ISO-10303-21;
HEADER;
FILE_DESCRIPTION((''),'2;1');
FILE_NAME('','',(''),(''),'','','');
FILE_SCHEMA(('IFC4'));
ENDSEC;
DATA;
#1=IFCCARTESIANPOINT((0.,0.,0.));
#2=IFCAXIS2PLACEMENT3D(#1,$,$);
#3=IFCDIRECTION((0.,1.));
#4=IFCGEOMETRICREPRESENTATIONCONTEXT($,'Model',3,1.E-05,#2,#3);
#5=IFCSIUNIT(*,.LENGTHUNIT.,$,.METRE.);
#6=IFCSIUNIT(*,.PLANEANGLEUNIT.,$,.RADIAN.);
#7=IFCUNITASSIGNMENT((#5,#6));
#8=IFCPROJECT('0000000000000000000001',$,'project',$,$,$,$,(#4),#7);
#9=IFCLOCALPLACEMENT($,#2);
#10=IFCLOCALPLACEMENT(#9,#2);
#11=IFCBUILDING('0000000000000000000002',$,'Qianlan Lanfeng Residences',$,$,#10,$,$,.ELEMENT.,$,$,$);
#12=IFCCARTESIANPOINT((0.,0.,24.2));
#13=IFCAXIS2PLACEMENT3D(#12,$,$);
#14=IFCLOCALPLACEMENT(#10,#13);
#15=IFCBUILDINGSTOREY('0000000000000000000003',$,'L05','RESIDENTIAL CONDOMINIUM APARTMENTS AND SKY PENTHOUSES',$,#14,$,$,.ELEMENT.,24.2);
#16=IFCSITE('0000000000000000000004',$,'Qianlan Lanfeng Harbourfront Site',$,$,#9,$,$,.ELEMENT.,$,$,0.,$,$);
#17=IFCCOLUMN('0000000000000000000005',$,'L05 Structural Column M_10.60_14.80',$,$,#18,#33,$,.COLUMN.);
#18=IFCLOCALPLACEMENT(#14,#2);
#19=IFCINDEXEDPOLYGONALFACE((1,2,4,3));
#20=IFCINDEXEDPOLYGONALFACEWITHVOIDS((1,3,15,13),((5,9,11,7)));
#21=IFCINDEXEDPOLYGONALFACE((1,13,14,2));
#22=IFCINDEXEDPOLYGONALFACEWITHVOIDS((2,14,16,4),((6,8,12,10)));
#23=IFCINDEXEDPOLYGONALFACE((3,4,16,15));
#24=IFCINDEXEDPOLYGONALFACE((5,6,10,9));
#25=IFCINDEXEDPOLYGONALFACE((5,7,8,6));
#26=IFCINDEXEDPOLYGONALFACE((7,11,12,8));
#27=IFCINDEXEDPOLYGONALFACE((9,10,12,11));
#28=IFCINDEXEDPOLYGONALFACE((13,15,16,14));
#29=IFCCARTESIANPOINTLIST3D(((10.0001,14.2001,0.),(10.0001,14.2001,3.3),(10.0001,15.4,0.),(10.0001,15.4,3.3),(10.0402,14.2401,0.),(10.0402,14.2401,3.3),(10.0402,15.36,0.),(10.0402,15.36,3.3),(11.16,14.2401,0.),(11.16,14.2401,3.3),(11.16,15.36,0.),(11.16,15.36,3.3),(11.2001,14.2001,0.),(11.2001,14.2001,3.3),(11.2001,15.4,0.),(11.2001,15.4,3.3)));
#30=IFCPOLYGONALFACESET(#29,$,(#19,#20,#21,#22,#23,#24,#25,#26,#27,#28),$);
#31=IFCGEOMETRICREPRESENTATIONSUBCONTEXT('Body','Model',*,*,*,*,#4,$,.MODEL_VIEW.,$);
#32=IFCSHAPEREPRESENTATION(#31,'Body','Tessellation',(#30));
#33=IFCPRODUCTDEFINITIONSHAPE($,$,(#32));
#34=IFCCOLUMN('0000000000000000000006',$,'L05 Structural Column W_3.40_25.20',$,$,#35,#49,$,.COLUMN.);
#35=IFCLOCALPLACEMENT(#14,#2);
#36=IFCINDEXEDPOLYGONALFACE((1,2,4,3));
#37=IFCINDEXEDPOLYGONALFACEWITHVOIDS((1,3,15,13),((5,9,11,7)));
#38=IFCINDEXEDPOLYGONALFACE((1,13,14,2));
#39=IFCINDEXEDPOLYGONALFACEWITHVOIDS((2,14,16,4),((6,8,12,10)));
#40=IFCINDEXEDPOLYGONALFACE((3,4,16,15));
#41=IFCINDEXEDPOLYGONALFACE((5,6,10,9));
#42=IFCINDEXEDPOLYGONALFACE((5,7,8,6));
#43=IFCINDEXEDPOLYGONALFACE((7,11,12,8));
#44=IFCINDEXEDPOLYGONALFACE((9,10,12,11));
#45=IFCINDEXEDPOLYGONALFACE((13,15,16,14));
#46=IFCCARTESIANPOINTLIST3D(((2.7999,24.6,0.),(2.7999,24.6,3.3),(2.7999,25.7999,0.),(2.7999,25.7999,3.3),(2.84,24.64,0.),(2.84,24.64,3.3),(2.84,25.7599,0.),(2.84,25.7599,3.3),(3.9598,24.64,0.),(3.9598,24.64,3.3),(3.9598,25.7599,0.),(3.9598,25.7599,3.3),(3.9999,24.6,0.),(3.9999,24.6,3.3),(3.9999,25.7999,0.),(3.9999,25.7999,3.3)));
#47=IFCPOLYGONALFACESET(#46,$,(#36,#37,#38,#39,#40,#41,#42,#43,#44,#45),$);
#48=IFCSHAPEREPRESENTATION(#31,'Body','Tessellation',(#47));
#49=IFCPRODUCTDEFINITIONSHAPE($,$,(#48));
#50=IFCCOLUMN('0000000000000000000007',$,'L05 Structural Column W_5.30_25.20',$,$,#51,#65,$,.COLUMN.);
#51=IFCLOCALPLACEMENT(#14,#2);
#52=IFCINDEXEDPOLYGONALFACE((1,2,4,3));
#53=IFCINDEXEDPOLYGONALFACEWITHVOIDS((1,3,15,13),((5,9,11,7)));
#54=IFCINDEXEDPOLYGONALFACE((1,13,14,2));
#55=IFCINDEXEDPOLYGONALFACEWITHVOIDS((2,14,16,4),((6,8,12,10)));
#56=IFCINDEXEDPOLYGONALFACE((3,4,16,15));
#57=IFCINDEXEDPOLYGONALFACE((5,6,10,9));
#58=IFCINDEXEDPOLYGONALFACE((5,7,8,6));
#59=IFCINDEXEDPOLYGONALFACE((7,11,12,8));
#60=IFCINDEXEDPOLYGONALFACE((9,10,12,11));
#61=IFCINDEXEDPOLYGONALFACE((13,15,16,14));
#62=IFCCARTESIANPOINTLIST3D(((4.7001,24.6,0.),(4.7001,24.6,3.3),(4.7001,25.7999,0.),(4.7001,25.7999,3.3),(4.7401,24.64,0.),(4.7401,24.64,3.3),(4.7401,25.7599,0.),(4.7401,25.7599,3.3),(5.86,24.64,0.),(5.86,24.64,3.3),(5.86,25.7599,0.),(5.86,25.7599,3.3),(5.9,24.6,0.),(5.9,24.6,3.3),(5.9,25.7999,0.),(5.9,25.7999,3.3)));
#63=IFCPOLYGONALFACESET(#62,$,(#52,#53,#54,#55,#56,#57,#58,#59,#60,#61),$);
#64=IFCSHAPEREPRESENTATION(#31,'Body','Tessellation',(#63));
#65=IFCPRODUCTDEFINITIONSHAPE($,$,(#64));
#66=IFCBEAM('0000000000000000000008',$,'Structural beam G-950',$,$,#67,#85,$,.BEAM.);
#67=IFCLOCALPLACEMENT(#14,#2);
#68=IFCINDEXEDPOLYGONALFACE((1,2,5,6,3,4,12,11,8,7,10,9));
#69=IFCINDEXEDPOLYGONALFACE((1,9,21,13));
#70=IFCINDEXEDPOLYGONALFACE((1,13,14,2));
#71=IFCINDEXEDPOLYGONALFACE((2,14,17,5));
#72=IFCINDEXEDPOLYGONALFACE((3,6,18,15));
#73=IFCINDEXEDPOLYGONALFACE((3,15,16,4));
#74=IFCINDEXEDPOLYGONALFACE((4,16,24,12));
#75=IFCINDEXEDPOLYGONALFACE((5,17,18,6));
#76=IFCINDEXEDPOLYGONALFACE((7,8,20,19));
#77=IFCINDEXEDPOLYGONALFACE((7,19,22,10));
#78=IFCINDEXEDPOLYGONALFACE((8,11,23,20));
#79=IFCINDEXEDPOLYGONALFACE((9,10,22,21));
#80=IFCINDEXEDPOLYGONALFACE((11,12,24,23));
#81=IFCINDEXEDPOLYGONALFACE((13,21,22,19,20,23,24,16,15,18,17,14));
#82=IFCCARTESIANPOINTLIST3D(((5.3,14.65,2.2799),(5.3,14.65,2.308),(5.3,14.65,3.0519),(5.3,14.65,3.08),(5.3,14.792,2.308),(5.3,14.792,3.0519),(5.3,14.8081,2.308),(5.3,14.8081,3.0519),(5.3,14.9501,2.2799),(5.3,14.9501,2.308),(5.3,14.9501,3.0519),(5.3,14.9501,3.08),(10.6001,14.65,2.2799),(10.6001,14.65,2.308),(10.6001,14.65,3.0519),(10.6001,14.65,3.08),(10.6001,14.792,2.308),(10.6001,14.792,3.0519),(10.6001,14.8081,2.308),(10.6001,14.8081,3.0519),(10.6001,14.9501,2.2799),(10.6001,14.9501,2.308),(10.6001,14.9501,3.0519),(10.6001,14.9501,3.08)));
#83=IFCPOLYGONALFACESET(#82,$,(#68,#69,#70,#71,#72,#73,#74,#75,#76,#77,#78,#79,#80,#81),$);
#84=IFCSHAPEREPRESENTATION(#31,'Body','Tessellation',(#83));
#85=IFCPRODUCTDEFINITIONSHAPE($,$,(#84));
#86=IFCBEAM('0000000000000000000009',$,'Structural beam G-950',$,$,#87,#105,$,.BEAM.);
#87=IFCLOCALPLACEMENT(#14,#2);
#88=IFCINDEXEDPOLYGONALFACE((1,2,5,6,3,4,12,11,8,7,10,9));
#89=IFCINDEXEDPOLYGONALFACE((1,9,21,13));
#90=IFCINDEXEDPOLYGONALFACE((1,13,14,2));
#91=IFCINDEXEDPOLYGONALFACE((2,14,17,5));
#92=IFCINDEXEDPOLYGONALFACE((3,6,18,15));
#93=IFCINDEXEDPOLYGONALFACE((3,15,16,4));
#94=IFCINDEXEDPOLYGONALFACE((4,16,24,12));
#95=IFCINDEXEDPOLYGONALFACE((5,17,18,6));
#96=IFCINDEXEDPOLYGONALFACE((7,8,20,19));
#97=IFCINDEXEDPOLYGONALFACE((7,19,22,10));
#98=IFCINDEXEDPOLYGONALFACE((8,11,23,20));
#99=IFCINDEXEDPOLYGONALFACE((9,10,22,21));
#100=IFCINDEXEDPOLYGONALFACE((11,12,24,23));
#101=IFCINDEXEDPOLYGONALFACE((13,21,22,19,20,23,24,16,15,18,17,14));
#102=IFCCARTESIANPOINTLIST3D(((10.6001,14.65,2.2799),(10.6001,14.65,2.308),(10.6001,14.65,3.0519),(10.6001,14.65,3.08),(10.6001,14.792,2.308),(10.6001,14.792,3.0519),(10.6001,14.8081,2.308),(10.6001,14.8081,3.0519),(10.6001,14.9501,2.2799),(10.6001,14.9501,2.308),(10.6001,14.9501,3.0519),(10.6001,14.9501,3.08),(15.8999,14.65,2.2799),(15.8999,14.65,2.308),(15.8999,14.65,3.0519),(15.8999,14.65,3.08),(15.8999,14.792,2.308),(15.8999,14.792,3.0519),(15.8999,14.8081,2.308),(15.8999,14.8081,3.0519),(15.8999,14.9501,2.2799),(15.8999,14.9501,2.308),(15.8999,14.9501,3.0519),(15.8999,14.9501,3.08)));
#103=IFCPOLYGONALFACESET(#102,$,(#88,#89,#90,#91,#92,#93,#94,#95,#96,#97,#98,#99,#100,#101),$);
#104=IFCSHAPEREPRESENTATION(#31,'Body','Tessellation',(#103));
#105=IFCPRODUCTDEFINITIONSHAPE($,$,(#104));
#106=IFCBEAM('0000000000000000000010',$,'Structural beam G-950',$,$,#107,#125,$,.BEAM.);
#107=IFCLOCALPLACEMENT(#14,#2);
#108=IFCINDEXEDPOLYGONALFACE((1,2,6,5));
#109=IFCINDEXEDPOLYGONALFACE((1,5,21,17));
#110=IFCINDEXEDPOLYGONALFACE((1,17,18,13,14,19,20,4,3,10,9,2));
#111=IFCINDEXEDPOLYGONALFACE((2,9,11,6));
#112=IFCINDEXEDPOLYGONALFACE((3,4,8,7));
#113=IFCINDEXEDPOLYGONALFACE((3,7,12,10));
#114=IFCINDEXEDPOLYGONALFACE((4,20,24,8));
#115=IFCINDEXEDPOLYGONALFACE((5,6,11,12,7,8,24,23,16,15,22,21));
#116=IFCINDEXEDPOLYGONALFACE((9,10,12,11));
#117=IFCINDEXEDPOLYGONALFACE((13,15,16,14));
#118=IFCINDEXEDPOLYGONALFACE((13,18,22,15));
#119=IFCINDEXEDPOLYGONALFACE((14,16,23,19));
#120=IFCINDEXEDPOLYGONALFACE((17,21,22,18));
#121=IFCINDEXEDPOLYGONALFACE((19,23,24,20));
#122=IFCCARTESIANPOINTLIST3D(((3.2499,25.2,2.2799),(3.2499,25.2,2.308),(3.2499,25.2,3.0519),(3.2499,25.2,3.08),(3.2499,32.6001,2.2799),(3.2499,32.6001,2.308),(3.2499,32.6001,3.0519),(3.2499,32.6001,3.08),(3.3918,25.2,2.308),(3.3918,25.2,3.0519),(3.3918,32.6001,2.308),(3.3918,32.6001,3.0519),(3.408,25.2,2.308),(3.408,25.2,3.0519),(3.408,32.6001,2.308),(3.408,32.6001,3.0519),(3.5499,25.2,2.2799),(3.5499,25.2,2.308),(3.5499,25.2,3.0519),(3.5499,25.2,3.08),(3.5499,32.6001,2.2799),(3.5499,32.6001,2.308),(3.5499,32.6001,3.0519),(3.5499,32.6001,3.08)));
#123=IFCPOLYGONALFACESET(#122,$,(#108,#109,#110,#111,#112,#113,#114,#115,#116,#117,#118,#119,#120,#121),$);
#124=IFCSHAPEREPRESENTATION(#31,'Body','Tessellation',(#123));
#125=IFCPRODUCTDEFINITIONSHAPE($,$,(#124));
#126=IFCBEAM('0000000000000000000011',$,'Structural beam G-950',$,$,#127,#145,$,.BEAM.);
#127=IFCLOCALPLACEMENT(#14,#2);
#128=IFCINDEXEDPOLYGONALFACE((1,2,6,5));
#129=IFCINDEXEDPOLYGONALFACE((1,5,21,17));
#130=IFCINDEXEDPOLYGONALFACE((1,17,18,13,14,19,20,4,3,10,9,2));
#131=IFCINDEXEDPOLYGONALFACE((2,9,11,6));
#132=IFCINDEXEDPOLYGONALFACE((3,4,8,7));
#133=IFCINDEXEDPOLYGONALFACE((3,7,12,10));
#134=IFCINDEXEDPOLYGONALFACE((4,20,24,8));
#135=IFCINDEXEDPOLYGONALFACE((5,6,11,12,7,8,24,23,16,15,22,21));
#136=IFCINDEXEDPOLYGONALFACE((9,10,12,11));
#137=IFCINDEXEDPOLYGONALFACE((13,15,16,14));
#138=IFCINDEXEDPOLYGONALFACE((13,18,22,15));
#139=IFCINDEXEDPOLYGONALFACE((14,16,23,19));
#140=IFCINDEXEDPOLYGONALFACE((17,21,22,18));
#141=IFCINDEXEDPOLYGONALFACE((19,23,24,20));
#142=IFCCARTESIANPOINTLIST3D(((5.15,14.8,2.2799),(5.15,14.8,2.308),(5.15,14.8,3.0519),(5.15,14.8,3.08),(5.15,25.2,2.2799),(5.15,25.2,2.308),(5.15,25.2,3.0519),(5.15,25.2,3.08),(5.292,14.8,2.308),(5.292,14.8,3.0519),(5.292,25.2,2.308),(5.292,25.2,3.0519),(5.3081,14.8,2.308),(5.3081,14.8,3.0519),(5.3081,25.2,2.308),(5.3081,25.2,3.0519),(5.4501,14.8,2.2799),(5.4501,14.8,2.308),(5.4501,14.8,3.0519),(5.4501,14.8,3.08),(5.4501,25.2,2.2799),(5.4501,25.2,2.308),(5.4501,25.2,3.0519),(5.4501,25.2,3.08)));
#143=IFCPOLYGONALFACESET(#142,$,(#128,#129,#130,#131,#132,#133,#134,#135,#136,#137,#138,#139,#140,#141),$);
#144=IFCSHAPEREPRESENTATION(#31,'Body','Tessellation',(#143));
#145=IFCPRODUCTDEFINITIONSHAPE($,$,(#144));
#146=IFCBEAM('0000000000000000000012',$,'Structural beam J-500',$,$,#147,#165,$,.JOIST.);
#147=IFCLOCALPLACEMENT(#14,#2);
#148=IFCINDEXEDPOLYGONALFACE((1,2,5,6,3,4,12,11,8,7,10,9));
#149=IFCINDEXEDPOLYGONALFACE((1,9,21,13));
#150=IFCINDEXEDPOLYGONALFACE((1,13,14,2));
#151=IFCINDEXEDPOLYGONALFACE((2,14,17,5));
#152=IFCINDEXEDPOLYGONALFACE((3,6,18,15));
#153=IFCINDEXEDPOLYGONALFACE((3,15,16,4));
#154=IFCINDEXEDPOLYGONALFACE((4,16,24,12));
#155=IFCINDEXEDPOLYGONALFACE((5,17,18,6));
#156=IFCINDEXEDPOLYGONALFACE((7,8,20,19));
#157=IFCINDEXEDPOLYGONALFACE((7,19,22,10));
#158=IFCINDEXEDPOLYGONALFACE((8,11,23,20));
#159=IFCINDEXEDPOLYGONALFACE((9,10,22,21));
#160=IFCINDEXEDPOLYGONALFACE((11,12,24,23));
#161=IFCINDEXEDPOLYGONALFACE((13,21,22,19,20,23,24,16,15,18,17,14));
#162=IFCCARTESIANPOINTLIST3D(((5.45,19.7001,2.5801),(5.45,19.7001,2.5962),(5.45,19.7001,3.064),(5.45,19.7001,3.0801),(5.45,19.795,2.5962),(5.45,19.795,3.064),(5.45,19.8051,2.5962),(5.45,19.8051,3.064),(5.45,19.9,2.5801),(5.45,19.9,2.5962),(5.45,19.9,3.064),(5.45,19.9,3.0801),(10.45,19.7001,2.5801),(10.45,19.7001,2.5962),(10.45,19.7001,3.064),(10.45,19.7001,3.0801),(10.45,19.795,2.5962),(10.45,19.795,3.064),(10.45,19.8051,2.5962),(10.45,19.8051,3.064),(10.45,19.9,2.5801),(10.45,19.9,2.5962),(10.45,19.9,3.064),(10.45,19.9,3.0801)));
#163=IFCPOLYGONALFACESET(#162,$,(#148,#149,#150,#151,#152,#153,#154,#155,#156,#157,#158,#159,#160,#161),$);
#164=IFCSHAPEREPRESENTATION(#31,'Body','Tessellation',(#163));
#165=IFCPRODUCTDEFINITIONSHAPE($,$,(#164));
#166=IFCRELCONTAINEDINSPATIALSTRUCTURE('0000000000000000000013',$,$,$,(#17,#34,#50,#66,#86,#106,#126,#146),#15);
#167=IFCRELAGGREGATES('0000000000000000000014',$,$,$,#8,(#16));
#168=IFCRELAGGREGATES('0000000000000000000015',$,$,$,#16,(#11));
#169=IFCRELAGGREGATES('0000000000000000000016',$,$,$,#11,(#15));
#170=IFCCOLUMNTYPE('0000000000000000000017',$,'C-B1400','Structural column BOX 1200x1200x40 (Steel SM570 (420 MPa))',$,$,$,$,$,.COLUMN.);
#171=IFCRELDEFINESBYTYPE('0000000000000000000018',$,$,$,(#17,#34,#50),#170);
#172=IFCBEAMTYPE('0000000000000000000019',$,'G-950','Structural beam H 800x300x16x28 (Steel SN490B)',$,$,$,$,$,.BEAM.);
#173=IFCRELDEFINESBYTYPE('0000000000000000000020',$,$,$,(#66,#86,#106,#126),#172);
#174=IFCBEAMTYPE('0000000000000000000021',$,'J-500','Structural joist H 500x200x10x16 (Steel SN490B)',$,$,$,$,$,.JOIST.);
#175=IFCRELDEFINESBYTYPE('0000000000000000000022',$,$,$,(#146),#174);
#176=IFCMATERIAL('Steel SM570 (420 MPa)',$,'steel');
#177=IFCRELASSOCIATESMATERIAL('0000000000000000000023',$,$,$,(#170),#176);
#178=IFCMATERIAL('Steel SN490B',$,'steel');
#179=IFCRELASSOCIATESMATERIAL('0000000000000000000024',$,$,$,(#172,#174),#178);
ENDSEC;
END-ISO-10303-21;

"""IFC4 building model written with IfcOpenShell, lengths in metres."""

from ifc_helpers import new_model, si_unit, direction, frame, origin, origin_2d, place, context, subcontext, project, spatial, hollow_rectangle, i_section, extrude, material, material_profile, profile_set, type_object, element, save


model = new_model("IFC4")

# Units and contexts
model_context = context("Model", 3, precision=1e-05, world=origin(), true_north=direction((0.0, 1.0)))
body_context = subcontext(model_context, "Body", "Model", "MODEL_VIEW")
ifc_project = project(units=[si_unit("LENGTHUNIT", "METRE"), si_unit("PLANEANGLEUNIT", "RADIAN")], contexts=[model_context])

# Site, building, storey
site_placement = place(None, origin())
site = spatial("IfcSite", under=ifc_project, at=site_placement, Name="Qianlan Lanfeng Harbourfront Site", CompositionType="ELEMENT", RefElevation=0.0)
building_placement = place(site_placement, origin())
building = spatial("IfcBuilding", under=site, at=building_placement, Name="Qianlan Lanfeng Residences", CompositionType="ELEMENT")
storey_placement = place(building_placement, frame((0.0, 0.0, 24.2)))
storey = spatial("IfcBuildingStorey", under=building, at=storey_placement, Name="L05", Description="RESIDENTIAL CONDOMINIUM APARTMENTS AND SKY PENTHOUSES", CompositionType="ELEMENT", Elevation=24.2)

# Columns
ifc_material_1 = material(Name="Steel SM570 (420 MPa)", Category="steel")
ifc_material_profile_1 = material_profile(ifc_material_1, hollow_rectangle(XDim=1.2, YDim=1.2, WallThickness=0.04, at=origin_2d()), Name="BOX 1200x1200x40")
ifc_profile_set_1 = profile_set([ifc_material_profile_1], Name="Steel SM570 (420 MPa)")
column_type = type_object("IfcColumnType", Name="C-B1400", Description="Structural column BOX 1200x1200x40 (Steel SM570 (420 MPa))", PredefinedType="COLUMN", material=ifc_profile_set_1)
for number, where, z_axis, x_axis, name in (
    (1, (10.6001, 14.8, 0.0), (0.0, 0.0, 1.0), (1.0, 0.0, 0.0), "L05 Structural Column M_10.60_14.80"),
    (2, (3.3999, 25.2, 0.0), (0.0, 0.0, 1.0), (1.0, 0.0, 0.0), "L05 Structural Column W_3.40_25.20"),
    (3, (5.3, 25.2, 0.0), (0.0, 0.0, 1.0), (1.0, 0.0, 0.0), "L05 Structural Column W_5.30_25.20"),
):
    element("IfcColumn", number, at=place(storey_placement, frame(where, z_axis=z_axis, x_axis=x_axis)), inside=storey, type_object=column_type, Name=name, PredefinedType="COLUMN", context=body_context, shape_type="SweptSolid", body=[
        extrude(hollow_rectangle(XDim=1.2, YDim=1.2, WallThickness=0.04, at=origin_2d()), origin(), (0.0, 0.0, 1.0), 3.3),
    ])

# Beams
ifc_material_2 = material(Name="Steel SN490B", Category="steel")
ifc_material_profile_2 = material_profile(ifc_material_2, i_section(OverallWidth=0.3, OverallDepth=0.8, WebThickness=0.0161, FlangeThickness=0.0281, at=origin_2d()), Name="H 800x300x16x28")
ifc_profile_set_2 = profile_set([ifc_material_profile_2], Name="Steel SN490B")
beam_type_1 = type_object("IfcBeamType", Name="G-950", Description="Structural beam H 800x300x16x28 (Steel SN490B)", PredefinedType="BEAM", material=ifc_profile_set_2)
beam_1_placement = place(storey_placement, frame((5.3, 14.8, 2.6799), z_axis=(1.0, 0.0, 0.0), x_axis=(0.0, 1.0, 0.0)))
element("IfcBeam", 4, at=beam_1_placement, inside=storey, type_object=beam_type_1, Name="Structural beam G-950", PredefinedType="BEAM", context=body_context, shape_type="SweptSolid", body=[
    extrude(i_section(OverallWidth=0.3, OverallDepth=0.8, WebThickness=0.0161, FlangeThickness=0.0281, at=origin_2d()), origin(), (0.0, 0.0, 1.0), 5.3),
])
beam_2_placement = place(storey_placement, frame((10.6001, 14.8, 2.6799), z_axis=(1.0, 0.0, 0.0), x_axis=(0.0, 1.0, 0.0)))
element("IfcBeam", 5, at=beam_2_placement, inside=storey, type_object=beam_type_1, Name="Structural beam G-950", PredefinedType="BEAM", context=body_context, shape_type="SweptSolid", body=[
    extrude(i_section(OverallWidth=0.3, OverallDepth=0.8, WebThickness=0.0161, FlangeThickness=0.0281, at=origin_2d()), origin(), (0.0, 0.0, 1.0), 5.2998),
])
beam_3_placement = place(storey_placement, frame((3.3999, 25.2, 2.6799), z_axis=(0.0, 1.0, 0.0), x_axis=(-1.0, 0.0, 0.0)))
element("IfcBeam", 6, at=beam_3_placement, inside=storey, type_object=beam_type_1, Name="Structural beam G-950", PredefinedType="BEAM", context=body_context, shape_type="SweptSolid", body=[
    extrude(i_section(OverallWidth=0.3, OverallDepth=0.8, WebThickness=0.0161, FlangeThickness=0.0281, at=origin_2d()), origin(), (0.0, 0.0, 1.0), 7.4001),
])
beam_4_placement = place(storey_placement, frame((5.3, 14.8, 2.6799), z_axis=(0.0, 1.0, 0.0), x_axis=(-1.0, 0.0, 0.0)))
element("IfcBeam", 7, at=beam_4_placement, inside=storey, type_object=beam_type_1, Name="Structural beam G-950", PredefinedType="BEAM", context=body_context, shape_type="SweptSolid", body=[
    extrude(i_section(OverallWidth=0.3, OverallDepth=0.8, WebThickness=0.0161, FlangeThickness=0.0281, at=origin_2d()), origin(), (0.0, 0.0, 1.0), 10.3999),
])
ifc_material_profile_3 = material_profile(ifc_material_2, i_section(OverallWidth=0.2, OverallDepth=0.5, WebThickness=0.01, FlangeThickness=0.0161, at=origin_2d()), Name="H 500x200x10x16")
ifc_profile_set_3 = profile_set([ifc_material_profile_3], Name="Steel SN490B")
beam_type_2 = type_object("IfcBeamType", Name="J-500", Description="Structural joist H 500x200x10x16 (Steel SN490B)", PredefinedType="JOIST", material=ifc_profile_set_3)
beam_5_placement = place(storey_placement, frame((5.45, 19.8, 2.8301), z_axis=(1.0, 0.0, 0.0), x_axis=(0.0, 1.0, 0.0)))
element("IfcBeam", 8, at=beam_5_placement, inside=storey, type_object=beam_type_2, Name="Structural beam J-500", PredefinedType="JOIST", context=body_context, shape_type="SweptSolid", body=[
    extrude(i_section(OverallWidth=0.2, OverallDepth=0.5, WebThickness=0.01, FlangeThickness=0.0161, at=origin_2d()), origin(), (0.0, 0.0, 1.0), 5.0),
])

save(model, "model.ifc")
